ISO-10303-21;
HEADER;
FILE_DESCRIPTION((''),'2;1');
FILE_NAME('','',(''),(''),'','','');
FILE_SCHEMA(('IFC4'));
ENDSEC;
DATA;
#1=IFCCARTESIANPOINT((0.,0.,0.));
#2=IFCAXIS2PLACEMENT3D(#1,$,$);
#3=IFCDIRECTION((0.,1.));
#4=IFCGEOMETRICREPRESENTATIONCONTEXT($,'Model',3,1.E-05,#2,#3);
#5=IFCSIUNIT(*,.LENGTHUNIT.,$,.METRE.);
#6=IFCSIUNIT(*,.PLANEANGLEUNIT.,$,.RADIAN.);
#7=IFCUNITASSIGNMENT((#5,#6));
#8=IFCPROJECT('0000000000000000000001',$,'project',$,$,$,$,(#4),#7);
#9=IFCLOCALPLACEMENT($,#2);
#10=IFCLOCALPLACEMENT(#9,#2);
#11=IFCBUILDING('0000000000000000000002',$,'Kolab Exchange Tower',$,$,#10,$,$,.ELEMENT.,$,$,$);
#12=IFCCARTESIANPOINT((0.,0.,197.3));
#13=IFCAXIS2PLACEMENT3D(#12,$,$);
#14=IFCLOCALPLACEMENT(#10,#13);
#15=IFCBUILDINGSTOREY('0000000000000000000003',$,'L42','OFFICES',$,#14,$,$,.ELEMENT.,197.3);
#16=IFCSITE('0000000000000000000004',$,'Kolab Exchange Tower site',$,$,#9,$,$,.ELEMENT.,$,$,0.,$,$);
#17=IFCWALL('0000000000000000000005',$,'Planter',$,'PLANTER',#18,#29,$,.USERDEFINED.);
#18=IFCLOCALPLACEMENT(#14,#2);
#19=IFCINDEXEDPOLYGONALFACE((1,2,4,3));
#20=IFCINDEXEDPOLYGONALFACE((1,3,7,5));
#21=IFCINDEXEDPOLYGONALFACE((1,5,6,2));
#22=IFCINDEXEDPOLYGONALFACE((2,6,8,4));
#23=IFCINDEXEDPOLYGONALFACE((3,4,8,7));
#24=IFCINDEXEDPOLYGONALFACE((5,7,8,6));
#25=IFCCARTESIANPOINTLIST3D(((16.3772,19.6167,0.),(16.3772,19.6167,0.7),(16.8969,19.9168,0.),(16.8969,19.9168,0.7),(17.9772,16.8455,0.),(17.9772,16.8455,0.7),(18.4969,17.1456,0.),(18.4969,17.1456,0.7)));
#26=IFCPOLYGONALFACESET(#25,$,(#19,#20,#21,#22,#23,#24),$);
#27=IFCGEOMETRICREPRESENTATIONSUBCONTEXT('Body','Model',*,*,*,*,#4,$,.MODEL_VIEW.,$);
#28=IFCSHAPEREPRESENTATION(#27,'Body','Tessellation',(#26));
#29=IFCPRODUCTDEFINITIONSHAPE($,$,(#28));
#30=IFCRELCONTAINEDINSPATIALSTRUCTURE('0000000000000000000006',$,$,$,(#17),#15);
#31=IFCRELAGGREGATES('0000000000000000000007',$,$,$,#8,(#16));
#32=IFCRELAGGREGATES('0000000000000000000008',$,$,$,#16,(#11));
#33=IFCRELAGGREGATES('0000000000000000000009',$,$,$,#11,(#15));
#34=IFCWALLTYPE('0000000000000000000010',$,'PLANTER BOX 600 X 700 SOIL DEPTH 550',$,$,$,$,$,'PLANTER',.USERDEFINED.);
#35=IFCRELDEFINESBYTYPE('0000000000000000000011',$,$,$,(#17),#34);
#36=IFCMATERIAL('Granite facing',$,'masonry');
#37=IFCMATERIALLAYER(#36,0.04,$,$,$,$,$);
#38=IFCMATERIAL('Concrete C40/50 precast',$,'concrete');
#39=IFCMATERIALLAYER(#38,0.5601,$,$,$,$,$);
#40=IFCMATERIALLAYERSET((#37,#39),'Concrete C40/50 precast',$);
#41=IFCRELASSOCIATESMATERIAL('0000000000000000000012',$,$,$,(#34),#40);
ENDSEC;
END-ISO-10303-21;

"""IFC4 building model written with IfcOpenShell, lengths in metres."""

from ifc_helpers import new_model, si_unit, direction, frame, frame_2d, origin, place, context, subcontext, project, spatial, rectangle, extrude, material, layer, layer_set, type_object, element, save


model = new_model("IFC4")

# Units and contexts
model_context = context("Model", 3, precision=1e-05, world=origin(), true_north=direction((0.0, 1.0)))
body_context = subcontext(model_context, "Body", "Model", "MODEL_VIEW")
ifc_project = project(units=[si_unit("LENGTHUNIT", "METRE"), si_unit("PLANEANGLEUNIT", "RADIAN")], contexts=[model_context])

# Site, building, storey
site_placement = place(None, origin())
site = spatial("IfcSite", under=ifc_project, at=site_placement, Name="Kolab Exchange Tower site", CompositionType="ELEMENT", RefElevation=0.0)
building_placement = place(site_placement, origin())
building = spatial("IfcBuilding", under=site, at=building_placement, Name="Kolab Exchange Tower", CompositionType="ELEMENT")
storey_placement = place(building_placement, frame((0.0, 0.0, 197.3)))
storey = spatial("IfcBuildingStorey", under=building, at=storey_placement, Name="L42", Description="OFFICES", CompositionType="ELEMENT", Elevation=197.3)

# Wall
ifc_material_1 = material(Name="Granite facing", Category="masonry")
ifc_layer_1 = layer(ifc_material_1, 0.04)
ifc_material_2 = material(Name="Concrete C40/50 precast", Category="concrete")
ifc_layer_2 = layer(ifc_material_2, 0.5601)
ifc_layer_set_1 = layer_set([ifc_layer_1, ifc_layer_2], Name="Concrete C40/50 precast")
wall_type_1 = type_object("IfcWallType", Name="PLANTER BOX 600 X 700 SOIL DEPTH 550", ElementType="PLANTER", PredefinedType="USERDEFINED", material=ifc_layer_set_1)
wall_1_placement = place(storey_placement, frame((16.637, 19.7668, 0.0), z_axis=(0.0, 0.0, 1.0), x_axis=(0.500028, -0.866009, 0.0)))
element("IfcWall", 1, at=wall_1_placement, inside=storey, type_object=wall_type_1, Name="Planter", ObjectType="PLANTER", PredefinedType="USERDEFINED", context=body_context, shape_type="SweptSolid", body=[
    extrude(rectangle(XDim=3.2, YDim=0.6001, at=frame_2d((1.6001, 0.0))), origin(), (0.0, 0.0, 1.0), 0.7),
])

save(model, "model.ifc")
